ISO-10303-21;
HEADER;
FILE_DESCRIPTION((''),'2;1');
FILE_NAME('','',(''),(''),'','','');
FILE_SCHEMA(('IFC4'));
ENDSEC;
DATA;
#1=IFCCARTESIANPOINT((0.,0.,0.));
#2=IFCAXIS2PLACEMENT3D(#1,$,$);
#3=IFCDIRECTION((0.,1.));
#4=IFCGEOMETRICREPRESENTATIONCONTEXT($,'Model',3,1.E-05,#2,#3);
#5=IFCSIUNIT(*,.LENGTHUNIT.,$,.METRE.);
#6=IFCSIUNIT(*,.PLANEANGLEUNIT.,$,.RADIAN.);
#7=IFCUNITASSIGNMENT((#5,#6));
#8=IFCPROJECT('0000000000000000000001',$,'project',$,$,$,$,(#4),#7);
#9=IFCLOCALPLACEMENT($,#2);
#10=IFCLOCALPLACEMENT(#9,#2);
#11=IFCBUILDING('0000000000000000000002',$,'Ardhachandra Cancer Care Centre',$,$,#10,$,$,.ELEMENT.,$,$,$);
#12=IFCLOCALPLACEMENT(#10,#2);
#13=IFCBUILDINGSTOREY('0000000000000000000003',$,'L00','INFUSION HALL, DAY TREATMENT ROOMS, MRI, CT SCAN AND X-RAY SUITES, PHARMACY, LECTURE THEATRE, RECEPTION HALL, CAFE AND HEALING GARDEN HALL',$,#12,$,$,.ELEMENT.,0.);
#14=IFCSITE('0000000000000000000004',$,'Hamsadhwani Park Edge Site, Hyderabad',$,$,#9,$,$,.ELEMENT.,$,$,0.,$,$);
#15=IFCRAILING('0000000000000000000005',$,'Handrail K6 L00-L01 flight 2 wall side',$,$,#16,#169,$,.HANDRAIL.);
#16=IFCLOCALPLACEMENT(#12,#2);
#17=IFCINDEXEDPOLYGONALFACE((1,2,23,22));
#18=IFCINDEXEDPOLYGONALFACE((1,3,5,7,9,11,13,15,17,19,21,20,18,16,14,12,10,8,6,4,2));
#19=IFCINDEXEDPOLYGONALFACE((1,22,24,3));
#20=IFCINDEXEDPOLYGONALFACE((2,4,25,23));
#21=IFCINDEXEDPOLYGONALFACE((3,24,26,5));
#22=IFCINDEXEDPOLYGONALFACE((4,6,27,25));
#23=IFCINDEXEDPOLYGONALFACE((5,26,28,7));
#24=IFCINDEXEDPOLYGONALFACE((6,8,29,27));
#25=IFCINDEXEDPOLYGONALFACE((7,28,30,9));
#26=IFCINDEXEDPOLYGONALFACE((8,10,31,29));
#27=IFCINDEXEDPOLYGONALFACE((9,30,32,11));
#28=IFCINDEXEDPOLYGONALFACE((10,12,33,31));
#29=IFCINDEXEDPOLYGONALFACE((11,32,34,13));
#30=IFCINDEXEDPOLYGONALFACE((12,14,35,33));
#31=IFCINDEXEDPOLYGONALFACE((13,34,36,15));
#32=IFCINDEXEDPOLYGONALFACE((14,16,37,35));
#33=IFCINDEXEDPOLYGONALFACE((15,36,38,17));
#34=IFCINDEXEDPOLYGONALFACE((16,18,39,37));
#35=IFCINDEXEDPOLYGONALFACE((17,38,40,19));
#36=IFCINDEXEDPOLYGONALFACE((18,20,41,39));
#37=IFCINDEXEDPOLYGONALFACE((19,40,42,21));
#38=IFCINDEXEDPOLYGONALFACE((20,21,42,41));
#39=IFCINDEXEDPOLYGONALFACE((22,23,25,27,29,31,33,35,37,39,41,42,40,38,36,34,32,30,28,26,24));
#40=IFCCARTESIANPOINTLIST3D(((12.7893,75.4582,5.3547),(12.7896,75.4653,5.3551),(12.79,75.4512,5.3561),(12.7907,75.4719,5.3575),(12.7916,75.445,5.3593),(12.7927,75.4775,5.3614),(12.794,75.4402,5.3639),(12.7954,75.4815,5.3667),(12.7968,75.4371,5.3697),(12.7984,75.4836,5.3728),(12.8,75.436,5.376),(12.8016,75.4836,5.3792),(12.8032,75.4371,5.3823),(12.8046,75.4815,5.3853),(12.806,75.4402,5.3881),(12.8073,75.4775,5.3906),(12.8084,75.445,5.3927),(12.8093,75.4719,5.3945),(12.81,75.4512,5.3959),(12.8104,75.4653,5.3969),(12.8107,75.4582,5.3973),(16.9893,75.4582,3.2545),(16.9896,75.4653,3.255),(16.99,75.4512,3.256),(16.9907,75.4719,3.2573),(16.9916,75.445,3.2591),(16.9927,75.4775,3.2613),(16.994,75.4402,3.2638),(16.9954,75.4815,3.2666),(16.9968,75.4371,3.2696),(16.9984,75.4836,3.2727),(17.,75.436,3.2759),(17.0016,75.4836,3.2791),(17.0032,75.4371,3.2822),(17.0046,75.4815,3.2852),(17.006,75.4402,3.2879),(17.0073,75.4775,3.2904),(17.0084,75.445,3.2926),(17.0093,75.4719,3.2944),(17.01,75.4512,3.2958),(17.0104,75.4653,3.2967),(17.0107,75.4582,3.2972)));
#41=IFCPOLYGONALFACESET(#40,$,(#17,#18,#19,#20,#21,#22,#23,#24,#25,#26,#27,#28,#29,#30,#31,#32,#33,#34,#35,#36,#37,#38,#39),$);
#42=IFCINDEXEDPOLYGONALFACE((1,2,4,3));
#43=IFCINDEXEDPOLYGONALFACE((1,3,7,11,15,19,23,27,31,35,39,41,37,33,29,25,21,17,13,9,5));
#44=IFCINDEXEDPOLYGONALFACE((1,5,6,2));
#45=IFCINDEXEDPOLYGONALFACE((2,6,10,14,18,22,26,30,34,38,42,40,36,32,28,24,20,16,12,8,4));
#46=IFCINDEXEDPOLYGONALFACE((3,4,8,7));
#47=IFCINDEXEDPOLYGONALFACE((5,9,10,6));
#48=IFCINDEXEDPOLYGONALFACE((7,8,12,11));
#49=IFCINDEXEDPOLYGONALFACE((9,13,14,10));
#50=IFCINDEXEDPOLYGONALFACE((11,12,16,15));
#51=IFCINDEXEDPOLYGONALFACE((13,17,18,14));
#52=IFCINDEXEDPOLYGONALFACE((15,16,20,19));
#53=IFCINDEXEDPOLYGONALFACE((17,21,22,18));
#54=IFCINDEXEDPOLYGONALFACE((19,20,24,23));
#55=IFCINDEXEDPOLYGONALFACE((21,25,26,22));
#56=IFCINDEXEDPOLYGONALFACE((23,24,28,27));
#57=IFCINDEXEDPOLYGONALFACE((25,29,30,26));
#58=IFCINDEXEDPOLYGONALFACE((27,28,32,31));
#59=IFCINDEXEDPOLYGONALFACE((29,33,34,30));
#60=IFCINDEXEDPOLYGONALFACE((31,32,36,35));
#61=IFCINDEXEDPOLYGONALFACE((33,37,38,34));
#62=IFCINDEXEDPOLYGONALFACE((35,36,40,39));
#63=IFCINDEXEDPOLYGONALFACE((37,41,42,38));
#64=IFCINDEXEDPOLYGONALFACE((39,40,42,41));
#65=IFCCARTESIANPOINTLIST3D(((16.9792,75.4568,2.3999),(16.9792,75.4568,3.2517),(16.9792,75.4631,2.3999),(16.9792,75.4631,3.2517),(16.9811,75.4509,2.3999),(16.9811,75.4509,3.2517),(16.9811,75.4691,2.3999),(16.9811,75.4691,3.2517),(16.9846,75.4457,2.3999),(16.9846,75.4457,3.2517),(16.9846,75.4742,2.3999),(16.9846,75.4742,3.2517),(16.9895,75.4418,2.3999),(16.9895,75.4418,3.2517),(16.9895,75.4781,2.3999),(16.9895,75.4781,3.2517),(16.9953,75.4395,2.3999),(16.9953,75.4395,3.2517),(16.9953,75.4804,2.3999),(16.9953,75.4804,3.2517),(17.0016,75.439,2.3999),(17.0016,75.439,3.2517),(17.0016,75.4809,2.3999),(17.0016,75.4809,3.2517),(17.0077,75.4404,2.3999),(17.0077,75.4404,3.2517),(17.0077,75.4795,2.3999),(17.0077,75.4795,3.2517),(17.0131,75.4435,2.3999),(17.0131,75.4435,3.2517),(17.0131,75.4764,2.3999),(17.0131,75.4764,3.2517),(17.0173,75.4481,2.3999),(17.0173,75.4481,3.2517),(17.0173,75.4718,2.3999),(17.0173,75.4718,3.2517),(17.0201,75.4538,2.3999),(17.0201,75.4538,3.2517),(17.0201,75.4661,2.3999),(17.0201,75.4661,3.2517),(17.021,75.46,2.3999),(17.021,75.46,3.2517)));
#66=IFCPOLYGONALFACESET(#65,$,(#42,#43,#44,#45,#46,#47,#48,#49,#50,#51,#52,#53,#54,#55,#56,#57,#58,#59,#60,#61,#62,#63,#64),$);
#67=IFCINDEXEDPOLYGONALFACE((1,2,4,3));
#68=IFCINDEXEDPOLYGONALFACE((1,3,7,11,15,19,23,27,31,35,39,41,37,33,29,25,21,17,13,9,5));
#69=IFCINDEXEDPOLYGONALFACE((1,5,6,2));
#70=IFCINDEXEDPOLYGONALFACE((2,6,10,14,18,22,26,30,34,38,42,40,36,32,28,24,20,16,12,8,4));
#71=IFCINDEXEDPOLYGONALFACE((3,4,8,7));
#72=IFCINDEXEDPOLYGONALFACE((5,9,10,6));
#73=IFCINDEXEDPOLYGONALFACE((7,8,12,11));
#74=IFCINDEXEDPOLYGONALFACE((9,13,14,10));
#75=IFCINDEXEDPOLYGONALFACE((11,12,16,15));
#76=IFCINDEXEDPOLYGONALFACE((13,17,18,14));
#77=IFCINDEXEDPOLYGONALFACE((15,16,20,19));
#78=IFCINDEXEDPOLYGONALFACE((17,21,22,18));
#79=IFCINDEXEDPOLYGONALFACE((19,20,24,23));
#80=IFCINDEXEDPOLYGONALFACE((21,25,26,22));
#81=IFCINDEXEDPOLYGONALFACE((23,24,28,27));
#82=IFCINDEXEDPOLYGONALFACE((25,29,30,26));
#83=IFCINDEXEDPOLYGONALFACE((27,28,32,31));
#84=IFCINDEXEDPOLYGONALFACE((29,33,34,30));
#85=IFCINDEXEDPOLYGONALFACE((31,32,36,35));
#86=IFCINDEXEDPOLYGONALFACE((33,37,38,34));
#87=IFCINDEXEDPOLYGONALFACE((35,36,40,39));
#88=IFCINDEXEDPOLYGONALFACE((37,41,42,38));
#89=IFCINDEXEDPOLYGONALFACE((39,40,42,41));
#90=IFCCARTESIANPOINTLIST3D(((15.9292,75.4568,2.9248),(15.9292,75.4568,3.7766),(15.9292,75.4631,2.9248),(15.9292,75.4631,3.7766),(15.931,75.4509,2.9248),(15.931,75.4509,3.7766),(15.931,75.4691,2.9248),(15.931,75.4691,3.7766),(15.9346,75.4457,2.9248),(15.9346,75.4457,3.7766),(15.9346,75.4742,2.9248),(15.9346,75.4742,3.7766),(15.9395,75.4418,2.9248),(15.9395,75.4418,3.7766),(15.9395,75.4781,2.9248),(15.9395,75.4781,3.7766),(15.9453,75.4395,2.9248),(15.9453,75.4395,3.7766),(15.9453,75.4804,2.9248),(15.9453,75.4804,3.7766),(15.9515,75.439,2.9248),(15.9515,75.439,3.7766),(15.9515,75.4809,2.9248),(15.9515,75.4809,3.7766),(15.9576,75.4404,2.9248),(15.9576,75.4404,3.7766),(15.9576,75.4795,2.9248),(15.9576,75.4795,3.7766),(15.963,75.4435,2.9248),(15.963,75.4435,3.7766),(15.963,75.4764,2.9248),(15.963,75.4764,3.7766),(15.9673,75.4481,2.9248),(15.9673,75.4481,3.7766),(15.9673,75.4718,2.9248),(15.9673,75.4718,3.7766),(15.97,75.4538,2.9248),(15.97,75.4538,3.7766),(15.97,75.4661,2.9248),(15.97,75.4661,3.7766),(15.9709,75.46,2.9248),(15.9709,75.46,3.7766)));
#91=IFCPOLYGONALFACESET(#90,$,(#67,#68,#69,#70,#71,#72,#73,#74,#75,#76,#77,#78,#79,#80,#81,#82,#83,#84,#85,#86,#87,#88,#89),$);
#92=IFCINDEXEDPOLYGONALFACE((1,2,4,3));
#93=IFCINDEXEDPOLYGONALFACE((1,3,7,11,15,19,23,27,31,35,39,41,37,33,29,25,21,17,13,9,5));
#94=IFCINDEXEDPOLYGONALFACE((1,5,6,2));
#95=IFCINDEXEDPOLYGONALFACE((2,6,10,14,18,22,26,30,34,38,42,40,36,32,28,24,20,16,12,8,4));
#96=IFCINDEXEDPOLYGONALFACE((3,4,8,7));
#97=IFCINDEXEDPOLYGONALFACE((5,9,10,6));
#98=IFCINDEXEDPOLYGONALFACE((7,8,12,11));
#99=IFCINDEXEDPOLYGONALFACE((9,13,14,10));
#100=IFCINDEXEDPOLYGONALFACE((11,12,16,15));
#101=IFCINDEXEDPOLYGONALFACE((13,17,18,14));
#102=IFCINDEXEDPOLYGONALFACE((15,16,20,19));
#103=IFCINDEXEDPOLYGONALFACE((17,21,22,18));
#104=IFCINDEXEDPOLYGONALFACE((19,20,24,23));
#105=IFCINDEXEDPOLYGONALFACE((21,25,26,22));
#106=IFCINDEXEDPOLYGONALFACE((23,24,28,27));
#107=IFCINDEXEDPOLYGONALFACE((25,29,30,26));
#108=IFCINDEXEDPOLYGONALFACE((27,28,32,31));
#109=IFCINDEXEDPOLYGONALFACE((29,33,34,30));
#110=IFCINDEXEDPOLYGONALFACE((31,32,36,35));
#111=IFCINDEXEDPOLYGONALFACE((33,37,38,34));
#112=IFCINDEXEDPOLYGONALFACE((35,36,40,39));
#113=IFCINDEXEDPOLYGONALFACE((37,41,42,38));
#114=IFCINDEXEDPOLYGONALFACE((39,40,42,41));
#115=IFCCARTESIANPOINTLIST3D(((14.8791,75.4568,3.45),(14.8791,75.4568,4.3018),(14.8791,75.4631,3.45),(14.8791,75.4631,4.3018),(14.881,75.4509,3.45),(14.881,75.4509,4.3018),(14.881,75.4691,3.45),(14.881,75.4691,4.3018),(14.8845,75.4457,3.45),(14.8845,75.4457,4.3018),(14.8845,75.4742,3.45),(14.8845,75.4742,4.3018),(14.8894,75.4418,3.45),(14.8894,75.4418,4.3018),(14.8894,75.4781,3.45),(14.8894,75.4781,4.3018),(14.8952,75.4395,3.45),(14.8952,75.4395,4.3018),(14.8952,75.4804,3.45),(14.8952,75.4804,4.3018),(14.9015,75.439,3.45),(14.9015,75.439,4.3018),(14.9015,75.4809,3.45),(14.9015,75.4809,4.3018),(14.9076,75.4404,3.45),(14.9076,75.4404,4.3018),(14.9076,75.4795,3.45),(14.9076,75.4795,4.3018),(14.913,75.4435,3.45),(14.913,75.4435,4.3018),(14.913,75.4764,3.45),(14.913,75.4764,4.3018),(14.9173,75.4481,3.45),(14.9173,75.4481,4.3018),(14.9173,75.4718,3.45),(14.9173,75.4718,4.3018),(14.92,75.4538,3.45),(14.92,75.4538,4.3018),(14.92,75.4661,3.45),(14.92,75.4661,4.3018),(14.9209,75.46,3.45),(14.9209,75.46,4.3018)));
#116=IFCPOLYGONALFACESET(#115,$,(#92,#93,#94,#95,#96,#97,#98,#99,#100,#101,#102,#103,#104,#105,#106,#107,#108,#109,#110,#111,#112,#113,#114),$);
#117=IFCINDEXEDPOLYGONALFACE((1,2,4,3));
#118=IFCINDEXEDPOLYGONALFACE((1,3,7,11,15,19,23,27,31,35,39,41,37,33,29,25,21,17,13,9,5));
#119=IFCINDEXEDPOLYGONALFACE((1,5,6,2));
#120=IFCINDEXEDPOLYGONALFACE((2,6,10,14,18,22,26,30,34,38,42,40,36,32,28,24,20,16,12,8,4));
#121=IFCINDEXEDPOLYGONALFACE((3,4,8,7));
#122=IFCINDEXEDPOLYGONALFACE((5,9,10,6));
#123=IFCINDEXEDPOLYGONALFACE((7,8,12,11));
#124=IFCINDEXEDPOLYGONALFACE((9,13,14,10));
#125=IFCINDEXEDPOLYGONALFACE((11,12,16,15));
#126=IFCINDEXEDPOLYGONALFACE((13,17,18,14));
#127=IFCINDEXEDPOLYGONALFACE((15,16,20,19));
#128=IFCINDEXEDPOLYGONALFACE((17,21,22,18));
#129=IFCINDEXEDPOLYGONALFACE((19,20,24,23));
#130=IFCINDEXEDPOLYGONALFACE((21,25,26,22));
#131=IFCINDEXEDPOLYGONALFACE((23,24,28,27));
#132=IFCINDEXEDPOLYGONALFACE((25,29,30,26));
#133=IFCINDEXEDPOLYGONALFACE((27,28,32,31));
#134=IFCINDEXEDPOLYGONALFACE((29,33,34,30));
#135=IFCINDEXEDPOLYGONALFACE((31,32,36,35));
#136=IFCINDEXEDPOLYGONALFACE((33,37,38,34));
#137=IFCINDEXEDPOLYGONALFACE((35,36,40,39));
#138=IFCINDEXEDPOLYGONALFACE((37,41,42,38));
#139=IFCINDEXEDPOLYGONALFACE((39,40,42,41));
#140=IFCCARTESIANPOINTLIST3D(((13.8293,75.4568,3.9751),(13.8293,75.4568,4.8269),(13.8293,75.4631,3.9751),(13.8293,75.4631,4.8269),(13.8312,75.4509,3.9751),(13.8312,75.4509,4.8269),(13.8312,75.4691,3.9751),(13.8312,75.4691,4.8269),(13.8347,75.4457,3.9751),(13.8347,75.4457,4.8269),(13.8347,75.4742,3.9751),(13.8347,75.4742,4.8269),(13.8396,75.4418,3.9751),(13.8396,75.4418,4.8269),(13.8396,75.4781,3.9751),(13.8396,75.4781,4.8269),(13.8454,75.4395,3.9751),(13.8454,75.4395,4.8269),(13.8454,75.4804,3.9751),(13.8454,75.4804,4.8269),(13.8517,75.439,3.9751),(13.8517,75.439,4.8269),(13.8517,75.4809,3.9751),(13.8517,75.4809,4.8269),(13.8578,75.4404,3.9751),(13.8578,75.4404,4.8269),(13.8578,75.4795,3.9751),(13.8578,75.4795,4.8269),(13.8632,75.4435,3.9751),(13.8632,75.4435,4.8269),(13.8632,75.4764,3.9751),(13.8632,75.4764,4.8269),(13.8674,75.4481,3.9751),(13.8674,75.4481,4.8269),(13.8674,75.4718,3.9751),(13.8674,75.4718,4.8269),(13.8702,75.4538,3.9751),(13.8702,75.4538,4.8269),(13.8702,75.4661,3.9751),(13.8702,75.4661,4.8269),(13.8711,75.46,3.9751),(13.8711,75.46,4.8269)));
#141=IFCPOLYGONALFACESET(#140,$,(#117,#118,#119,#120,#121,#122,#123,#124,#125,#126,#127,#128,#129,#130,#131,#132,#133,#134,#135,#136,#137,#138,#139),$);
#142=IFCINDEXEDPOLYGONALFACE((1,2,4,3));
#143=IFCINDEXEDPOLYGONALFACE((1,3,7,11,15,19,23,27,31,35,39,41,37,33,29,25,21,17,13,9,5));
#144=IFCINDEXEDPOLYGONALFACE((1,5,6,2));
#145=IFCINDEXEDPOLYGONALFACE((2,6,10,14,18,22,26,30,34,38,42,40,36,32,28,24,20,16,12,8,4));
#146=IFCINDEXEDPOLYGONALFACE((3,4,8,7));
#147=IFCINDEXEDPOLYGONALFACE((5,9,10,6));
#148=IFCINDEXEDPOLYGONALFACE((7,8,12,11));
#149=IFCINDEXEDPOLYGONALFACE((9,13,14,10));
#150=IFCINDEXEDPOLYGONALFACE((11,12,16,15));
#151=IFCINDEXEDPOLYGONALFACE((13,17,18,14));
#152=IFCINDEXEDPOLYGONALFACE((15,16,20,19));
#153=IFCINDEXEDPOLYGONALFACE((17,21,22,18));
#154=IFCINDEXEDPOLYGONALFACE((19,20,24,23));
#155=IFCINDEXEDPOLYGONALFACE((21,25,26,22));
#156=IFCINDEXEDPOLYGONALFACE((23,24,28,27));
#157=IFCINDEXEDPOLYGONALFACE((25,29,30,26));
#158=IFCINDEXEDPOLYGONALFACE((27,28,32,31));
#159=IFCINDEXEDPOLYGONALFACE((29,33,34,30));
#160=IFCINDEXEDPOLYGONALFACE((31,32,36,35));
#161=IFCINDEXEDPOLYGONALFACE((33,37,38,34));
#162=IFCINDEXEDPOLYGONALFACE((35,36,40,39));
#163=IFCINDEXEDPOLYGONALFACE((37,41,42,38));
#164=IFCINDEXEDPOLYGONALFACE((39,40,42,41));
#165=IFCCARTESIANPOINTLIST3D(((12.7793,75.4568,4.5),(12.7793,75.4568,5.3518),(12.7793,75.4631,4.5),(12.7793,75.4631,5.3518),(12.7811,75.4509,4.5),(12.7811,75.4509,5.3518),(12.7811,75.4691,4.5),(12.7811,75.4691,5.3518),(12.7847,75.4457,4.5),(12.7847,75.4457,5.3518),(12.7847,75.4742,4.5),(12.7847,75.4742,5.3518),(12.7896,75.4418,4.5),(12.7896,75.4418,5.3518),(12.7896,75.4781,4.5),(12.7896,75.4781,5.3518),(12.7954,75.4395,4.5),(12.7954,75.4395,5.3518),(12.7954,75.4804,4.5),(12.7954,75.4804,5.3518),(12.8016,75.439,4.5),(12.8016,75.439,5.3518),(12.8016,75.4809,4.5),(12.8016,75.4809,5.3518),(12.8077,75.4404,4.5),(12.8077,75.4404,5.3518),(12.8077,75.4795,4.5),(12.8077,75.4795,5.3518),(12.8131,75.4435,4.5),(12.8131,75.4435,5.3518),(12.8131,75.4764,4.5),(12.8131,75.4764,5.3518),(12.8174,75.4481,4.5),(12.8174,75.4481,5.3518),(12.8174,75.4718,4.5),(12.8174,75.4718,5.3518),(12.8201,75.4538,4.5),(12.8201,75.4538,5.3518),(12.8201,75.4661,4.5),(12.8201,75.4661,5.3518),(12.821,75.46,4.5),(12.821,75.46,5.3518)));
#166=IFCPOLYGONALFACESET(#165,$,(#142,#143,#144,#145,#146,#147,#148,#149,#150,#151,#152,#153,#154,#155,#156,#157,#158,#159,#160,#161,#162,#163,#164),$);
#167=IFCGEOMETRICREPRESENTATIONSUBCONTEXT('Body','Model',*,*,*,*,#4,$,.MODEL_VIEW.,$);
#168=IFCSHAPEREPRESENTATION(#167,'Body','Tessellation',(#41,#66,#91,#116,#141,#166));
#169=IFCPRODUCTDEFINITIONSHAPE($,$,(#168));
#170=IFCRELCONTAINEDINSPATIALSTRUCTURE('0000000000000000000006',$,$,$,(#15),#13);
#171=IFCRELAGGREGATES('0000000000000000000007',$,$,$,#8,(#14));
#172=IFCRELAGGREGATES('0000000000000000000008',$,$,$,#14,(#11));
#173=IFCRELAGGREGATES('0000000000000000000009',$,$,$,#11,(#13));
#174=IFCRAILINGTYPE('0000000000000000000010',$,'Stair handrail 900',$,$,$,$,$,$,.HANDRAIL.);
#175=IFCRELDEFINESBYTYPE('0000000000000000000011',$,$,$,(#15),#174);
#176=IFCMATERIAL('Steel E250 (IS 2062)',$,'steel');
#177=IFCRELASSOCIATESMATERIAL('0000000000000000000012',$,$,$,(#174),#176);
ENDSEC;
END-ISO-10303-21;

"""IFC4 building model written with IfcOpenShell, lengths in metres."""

from ifc_helpers import new_model, si_unit, direction, frame, origin, origin_2d, place, context, subcontext, project, spatial, circle, extrude, material, type_object, element, save


model = new_model("IFC4")

# Units and contexts
model_context = context("Model", 3, precision=1e-05, world=origin(), true_north=direction((0.0, 1.0)))
body_context = subcontext(model_context, "Body", "Model", "MODEL_VIEW")
ifc_project = project(units=[si_unit("LENGTHUNIT", "METRE"), si_unit("PLANEANGLEUNIT", "RADIAN")], contexts=[model_context])

# Site, building, storey
site_placement = place(None, origin())
site = spatial("IfcSite", under=ifc_project, at=site_placement, Name="Hamsadhwani Park Edge Site, Hyderabad", CompositionType="ELEMENT", RefElevation=0.0)
building_placement = place(site_placement, origin())
building = spatial("IfcBuilding", under=site, at=building_placement, Name="Ardhachandra Cancer Care Centre", CompositionType="ELEMENT")
storey_placement = place(building_placement, origin())
storey = spatial("IfcBuildingStorey", under=building, at=storey_placement, Name="L00", Description="INFUSION HALL, DAY TREATMENT ROOMS, MRI, CT SCAN AND X-RAY SUITES, PHARMACY, LECTURE THEATRE, RECEPTION HALL, CAFE AND HEALING GARDEN HALL", CompositionType="ELEMENT", Elevation=0.0)

# Railing
ifc_material_1 = material(Name="Steel E250 (IS 2062)", Category="steel")
railing_type = type_object("IfcRailingType", Name="Stair handrail 900", PredefinedType="HANDRAIL", material=ifc_material_1)
for number, where, name in (
    (1, (17.0, 75.46, 2.3999), "Handrail K6 L00-L01 flight 2 wall side"),
):
    element("IfcRailing", number, at=place(storey_placement, frame(where)), inside=storey, type_object=railing_type, Name=name, PredefinedType="HANDRAIL", context=body_context, shape_type="SweptSolid", body=[
        extrude(circle(Radius=0.0239, at=origin_2d()), frame((0.0, 0.0, 0.876), z_axis=(-0.894417, 0.0, 0.447234), x_axis=(0.0, -1.0, 0.0)), (0.0, 0.0, 1.0), 4.6958),
        extrude(circle(Radius=0.021, at=origin_2d()), origin(), (0.0, 0.0, 1.0), 0.8518),
        extrude(circle(Radius=0.021, at=origin_2d()), frame((-1.05, 0.0, 0.5249)), (0.0, 0.0, 1.0), 0.8518),
        extrude(circle(Radius=0.021, at=origin_2d()), frame((-2.1001, 0.0, 1.05)), (0.0, 0.0, 1.0), 0.8518),
        extrude(circle(Radius=0.021, at=origin_2d()), frame((-3.1499, 0.0, 1.5752)), (0.0, 0.0, 1.0), 0.8518),
        extrude(circle(Radius=0.021, at=origin_2d()), frame((-4.2, 0.0, 2.1001)), (0.0, 0.0, 1.0), 0.8518),
    ])

save(model, "model.ifc")
